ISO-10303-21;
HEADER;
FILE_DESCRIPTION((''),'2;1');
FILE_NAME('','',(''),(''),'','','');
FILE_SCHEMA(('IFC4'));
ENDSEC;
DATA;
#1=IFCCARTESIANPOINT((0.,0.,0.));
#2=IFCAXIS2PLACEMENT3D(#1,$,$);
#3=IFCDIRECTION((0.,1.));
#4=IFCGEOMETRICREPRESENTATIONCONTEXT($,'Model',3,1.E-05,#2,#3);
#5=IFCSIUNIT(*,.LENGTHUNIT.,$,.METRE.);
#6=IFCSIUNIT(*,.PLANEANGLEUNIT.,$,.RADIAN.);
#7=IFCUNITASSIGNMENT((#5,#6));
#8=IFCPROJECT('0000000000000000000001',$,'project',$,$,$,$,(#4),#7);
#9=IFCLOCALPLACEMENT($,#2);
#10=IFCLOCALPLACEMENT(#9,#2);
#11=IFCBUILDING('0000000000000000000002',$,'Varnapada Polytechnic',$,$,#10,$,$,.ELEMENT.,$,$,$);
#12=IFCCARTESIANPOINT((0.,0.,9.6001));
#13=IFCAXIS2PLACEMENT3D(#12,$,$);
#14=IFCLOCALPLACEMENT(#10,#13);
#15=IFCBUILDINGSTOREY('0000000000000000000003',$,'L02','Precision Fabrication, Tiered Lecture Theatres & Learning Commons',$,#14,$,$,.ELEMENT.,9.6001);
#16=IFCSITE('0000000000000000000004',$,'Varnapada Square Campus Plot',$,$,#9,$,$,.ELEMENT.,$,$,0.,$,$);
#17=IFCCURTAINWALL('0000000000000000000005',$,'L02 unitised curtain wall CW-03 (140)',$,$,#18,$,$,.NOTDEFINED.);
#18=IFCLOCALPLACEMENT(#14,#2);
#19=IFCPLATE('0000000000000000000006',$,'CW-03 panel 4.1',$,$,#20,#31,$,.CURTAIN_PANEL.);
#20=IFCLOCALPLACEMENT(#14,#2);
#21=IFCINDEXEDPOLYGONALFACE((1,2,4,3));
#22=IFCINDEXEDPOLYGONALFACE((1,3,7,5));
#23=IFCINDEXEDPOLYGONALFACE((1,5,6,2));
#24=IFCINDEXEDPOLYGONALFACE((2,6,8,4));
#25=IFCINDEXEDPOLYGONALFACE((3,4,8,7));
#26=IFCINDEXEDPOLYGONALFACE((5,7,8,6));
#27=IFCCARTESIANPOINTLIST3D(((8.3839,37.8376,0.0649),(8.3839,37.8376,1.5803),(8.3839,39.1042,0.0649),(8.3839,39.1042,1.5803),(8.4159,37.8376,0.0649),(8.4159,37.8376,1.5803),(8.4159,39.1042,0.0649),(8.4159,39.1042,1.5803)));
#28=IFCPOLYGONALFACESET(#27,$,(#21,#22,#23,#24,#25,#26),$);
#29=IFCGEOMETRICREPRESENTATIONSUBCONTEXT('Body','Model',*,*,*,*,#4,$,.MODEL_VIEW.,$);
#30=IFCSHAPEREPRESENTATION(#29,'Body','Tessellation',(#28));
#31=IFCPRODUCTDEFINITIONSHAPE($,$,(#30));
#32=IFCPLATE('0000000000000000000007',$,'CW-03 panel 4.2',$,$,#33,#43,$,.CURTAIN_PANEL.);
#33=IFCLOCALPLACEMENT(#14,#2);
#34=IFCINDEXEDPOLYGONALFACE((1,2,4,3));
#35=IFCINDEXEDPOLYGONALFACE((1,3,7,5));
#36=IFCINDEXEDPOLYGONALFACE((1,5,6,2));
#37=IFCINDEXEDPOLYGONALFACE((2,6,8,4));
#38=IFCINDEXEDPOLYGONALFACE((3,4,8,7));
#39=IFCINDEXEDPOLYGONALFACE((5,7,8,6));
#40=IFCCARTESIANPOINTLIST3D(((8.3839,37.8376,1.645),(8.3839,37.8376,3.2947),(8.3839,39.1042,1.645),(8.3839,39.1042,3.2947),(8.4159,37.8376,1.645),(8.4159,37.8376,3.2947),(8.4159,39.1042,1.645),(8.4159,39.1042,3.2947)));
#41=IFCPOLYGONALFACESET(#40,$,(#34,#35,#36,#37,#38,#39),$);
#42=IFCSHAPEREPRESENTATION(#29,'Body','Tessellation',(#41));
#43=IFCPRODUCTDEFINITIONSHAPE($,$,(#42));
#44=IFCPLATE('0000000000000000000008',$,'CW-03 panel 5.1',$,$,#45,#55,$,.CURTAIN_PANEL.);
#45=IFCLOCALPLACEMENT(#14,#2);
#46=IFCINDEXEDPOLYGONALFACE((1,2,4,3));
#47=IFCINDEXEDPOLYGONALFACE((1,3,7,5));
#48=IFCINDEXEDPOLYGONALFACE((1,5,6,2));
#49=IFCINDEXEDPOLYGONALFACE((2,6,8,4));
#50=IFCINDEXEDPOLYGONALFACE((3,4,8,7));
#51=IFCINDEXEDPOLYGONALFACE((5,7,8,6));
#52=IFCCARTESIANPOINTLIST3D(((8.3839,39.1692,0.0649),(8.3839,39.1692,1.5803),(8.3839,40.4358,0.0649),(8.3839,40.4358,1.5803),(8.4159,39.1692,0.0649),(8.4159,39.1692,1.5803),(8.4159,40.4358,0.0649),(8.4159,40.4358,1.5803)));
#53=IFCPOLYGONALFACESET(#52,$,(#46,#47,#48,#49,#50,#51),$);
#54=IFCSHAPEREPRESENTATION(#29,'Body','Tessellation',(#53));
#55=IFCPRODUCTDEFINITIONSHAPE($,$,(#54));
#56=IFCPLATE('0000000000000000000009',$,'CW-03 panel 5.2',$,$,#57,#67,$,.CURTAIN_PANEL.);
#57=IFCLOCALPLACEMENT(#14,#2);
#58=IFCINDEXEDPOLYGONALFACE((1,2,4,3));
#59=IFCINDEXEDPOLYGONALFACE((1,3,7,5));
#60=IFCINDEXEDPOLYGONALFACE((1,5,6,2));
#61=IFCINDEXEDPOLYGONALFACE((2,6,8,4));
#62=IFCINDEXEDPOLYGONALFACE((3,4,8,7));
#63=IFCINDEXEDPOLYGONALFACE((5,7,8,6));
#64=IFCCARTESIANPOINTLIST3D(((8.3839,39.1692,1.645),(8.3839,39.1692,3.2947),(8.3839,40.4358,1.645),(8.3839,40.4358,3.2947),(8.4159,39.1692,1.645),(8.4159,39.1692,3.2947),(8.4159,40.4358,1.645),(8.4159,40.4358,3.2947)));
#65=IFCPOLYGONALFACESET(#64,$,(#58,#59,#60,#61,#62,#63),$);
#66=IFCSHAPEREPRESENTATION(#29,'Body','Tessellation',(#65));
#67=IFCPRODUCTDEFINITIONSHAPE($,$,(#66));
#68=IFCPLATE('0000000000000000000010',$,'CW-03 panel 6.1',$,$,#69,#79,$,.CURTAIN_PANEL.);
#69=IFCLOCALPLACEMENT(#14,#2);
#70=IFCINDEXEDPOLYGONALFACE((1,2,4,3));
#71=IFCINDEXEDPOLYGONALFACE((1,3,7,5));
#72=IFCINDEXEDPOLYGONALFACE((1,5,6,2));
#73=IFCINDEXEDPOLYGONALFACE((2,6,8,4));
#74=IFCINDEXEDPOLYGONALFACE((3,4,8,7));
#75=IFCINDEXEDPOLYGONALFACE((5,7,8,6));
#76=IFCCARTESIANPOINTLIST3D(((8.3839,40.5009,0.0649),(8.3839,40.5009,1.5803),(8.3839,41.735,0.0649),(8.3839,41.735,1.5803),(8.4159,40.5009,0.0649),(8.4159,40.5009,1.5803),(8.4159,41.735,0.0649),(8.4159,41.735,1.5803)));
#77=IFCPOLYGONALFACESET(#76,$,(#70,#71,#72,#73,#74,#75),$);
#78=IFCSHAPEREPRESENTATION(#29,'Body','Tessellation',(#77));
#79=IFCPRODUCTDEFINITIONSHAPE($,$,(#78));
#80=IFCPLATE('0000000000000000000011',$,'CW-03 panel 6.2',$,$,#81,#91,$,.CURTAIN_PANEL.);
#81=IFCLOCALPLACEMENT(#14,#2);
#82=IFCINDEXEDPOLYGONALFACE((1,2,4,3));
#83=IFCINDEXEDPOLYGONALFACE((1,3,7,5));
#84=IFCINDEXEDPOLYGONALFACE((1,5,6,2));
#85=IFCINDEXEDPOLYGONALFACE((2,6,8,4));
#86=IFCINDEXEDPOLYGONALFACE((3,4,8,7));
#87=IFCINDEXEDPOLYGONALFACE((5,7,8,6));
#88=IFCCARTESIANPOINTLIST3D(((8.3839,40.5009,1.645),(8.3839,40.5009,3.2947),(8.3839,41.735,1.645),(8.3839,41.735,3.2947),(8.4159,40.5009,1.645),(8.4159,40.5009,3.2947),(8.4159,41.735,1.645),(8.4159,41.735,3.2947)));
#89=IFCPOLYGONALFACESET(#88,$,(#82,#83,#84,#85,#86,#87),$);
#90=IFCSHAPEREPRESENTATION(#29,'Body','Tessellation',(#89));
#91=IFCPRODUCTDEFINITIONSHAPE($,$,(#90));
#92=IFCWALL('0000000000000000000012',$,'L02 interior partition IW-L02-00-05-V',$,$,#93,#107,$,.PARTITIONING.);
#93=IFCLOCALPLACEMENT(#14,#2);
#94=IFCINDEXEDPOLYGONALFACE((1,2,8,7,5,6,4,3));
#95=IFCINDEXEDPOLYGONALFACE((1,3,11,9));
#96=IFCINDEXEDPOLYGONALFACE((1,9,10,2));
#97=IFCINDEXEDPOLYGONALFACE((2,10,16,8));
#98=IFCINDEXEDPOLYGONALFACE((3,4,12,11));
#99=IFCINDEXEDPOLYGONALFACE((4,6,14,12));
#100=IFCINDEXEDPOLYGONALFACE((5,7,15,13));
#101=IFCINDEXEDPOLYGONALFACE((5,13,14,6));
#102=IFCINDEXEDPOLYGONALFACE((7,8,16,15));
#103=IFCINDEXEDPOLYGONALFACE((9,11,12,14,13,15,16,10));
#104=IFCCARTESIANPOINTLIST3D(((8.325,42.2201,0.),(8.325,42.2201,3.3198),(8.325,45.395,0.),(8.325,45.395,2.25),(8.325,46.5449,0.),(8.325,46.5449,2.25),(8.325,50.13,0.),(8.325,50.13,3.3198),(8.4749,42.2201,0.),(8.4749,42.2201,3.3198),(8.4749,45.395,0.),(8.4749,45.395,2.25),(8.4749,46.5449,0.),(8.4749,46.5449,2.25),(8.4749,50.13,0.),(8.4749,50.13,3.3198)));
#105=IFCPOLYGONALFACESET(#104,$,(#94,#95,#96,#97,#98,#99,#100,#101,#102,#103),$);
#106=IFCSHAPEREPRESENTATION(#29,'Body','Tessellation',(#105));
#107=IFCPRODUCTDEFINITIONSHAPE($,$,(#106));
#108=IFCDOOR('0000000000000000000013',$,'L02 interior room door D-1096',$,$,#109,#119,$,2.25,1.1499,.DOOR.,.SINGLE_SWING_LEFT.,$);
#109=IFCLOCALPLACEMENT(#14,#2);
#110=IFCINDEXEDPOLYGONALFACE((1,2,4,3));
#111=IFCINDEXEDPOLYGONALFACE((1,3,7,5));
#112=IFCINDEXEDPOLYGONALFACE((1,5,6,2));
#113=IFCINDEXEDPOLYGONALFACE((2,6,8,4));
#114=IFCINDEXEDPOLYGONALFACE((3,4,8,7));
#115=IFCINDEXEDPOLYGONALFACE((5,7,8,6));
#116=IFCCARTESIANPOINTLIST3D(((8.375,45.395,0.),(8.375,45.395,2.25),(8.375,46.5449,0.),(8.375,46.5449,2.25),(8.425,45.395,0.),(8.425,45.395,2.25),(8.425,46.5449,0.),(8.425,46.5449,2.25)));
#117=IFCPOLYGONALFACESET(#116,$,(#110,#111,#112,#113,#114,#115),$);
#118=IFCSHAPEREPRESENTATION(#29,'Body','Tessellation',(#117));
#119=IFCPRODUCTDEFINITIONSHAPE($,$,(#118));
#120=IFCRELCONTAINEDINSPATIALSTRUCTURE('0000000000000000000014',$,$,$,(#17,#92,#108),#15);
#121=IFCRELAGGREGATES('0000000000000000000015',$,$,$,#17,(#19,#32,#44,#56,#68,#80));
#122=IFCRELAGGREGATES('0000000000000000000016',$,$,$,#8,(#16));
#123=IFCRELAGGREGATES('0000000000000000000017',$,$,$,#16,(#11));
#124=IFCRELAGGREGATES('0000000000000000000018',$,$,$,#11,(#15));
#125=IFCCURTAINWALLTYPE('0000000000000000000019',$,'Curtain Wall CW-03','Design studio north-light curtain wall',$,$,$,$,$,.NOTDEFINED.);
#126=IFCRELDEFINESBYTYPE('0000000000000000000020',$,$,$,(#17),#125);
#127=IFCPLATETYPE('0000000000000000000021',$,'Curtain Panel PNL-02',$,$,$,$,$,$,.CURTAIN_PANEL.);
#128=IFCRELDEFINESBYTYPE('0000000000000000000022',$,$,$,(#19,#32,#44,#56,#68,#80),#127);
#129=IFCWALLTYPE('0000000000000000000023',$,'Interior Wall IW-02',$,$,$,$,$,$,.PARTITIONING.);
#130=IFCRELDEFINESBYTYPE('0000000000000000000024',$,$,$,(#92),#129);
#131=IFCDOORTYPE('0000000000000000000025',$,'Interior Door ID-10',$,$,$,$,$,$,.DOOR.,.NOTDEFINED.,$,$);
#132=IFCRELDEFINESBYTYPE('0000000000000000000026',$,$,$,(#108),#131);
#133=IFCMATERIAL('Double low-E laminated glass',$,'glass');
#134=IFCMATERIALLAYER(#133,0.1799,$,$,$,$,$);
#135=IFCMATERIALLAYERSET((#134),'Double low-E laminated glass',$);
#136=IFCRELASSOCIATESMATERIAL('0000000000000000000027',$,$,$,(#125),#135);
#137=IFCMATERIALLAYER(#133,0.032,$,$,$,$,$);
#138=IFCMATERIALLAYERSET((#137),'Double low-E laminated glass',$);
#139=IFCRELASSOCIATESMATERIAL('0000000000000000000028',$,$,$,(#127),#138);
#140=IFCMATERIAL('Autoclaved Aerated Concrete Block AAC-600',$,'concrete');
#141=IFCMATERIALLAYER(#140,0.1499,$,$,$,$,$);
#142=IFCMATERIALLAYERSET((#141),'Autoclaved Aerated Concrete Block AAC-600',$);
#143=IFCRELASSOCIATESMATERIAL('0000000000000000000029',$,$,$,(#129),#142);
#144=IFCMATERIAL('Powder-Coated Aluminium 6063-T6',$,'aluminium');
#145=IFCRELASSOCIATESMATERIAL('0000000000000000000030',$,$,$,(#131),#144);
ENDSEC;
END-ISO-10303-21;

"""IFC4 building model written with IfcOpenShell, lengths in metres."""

from ifc_helpers import new_model, si_unit, direction, frame, frame_2d, origin, origin_2d, place, context, subcontext, project, spatial, rectangle, extrude, material, layer, layer_set, type_object, element, fill, aggregate, save


model = new_model("IFC4")

# Units and contexts
model_context = context("Model", 3, precision=1e-05, world=origin(), true_north=direction((0.0, 1.0)))
body_context = subcontext(model_context, "Body", "Model", "MODEL_VIEW")
ifc_project = project(units=[si_unit("LENGTHUNIT", "METRE"), si_unit("PLANEANGLEUNIT", "RADIAN")], contexts=[model_context])

# Site, building, storey
site_placement = place(None, origin())
site = spatial("IfcSite", under=ifc_project, at=site_placement, Name="Varnapada Square Campus Plot", CompositionType="ELEMENT", RefElevation=0.0)
building_placement = place(site_placement, origin())
building = spatial("IfcBuilding", under=site, at=building_placement, Name="Varnapada Polytechnic", CompositionType="ELEMENT")
storey_placement = place(building_placement, frame((0.0, 0.0, 9.6001)))
storey = spatial("IfcBuildingStorey", under=building, at=storey_placement, Name="L02", Description="Precision Fabrication, Tiered Lecture Theatres & Learning Commons", CompositionType="ELEMENT", Elevation=9.6001)

# Curtain wall, plates
ifc_material_1 = material(Name="Double low-E laminated glass", Category="glass")
ifc_layer_1 = layer(ifc_material_1, 0.1799)
ifc_layer_set_1 = layer_set([ifc_layer_1], Name="Double low-E laminated glass")
curtain_wall_type = type_object("IfcCurtainWallType", Name="Curtain Wall CW-03", Description="Design studio north-light curtain wall", PredefinedType="NOTDEFINED", material=ifc_layer_set_1)
curtain_wall_placement = place(storey_placement, origin())
curtain_wall = element("IfcCurtainWall", 1, at=curtain_wall_placement, inside=storey, type_object=curtain_wall_type, Name="L02 unitised curtain wall CW-03 (140)", PredefinedType="NOTDEFINED")
ifc_layer_2 = layer(ifc_material_1, 0.032)
ifc_layer_set_2 = layer_set([ifc_layer_2], Name="Double low-E laminated glass")
plate_type = type_object("IfcPlateType", Name="Curtain Panel PNL-02", PredefinedType="CURTAIN_PANEL", material=ifc_layer_set_2)
plate_1_placement = place(storey_placement, frame((8.3999, 38.4709, 0.0649), z_axis=(0.0, 0.0, 1.0), x_axis=(0.0, 1.0, 0.0)))
plate_1 = element("IfcPlate", 2, at=plate_1_placement, type_object=plate_type, Name="CW-03 panel 4.1", PredefinedType="CURTAIN_PANEL", context=body_context, shape_type="SweptSolid", body=[
    extrude(rectangle(XDim=1.2666, YDim=0.032, at=origin_2d()), origin(), (0.0, 0.0, 1.0), 1.5154),
])
plate_2_placement = place(storey_placement, frame((8.3999, 38.4709, 1.645), z_axis=(0.0, 0.0, 1.0), x_axis=(0.0, 1.0, 0.0)))
plate_2 = element("IfcPlate", 3, at=plate_2_placement, type_object=plate_type, Name="CW-03 panel 4.2", PredefinedType="CURTAIN_PANEL", context=body_context, shape_type="SweptSolid", body=[
    extrude(rectangle(XDim=1.2666, YDim=0.032, at=origin_2d()), origin(), (0.0, 0.0, 1.0), 1.6497),
])
plate_3_placement = place(storey_placement, frame((8.3999, 39.8025, 0.0649), z_axis=(0.0, 0.0, 1.0), x_axis=(0.0, 1.0, 0.0)))
plate_3 = element("IfcPlate", 4, at=plate_3_placement, type_object=plate_type, Name="CW-03 panel 5.1", PredefinedType="CURTAIN_PANEL", context=body_context, shape_type="SweptSolid", body=[
    extrude(rectangle(XDim=1.2666, YDim=0.032, at=origin_2d()), origin(), (0.0, 0.0, 1.0), 1.5154),
])
plate_4_placement = place(storey_placement, frame((8.3999, 39.8025, 1.645), z_axis=(0.0, 0.0, 1.0), x_axis=(0.0, 1.0, 0.0)))
plate_4 = element("IfcPlate", 5, at=plate_4_placement, type_object=plate_type, Name="CW-03 panel 5.2", PredefinedType="CURTAIN_PANEL", context=body_context, shape_type="SweptSolid", body=[
    extrude(rectangle(XDim=1.2666, YDim=0.032, at=origin_2d()), origin(), (0.0, 0.0, 1.0), 1.6497),
])
plate_5_placement = place(storey_placement, frame((8.3999, 41.1179, 0.0649), z_axis=(0.0, 0.0, 1.0), x_axis=(0.0, 1.0, 0.0)))
plate_5 = element("IfcPlate", 6, at=plate_5_placement, type_object=plate_type, Name="CW-03 panel 6.1", PredefinedType="CURTAIN_PANEL", context=body_context, shape_type="SweptSolid", body=[
    extrude(rectangle(XDim=1.2341, YDim=0.032, at=origin_2d()), origin(), (0.0, 0.0, 1.0), 1.5154),
])
plate_6_placement = place(storey_placement, frame((8.3999, 41.1179, 1.645), z_axis=(0.0, 0.0, 1.0), x_axis=(0.0, 1.0, 0.0)))
plate_6 = element("IfcPlate", 7, at=plate_6_placement, type_object=plate_type, Name="CW-03 panel 6.2", PredefinedType="CURTAIN_PANEL", context=body_context, shape_type="SweptSolid", body=[
    extrude(rectangle(XDim=1.2341, YDim=0.032, at=origin_2d()), origin(), (0.0, 0.0, 1.0), 1.6497),
])
aggregate(curtain_wall, [plate_1, plate_2, plate_3, plate_4, plate_5, plate_6])

# Wall, opening, door
ifc_material_2 = material(Name="Autoclaved Aerated Concrete Block AAC-600", Category="concrete")
ifc_layer_3 = layer(ifc_material_2, 0.1499)
ifc_layer_set_3 = layer_set([ifc_layer_3], Name="Autoclaved Aerated Concrete Block AAC-600")
wall_type = type_object("IfcWallType", Name="Interior Wall IW-02", PredefinedType="PARTITIONING", material=ifc_layer_set_3)
wall_placement = place(storey_placement, frame((8.3999, 42.22, 0.0), z_axis=(0.0, 0.0, 1.0), x_axis=(0.0, 1.0, 0.0)))
wall = element("IfcWall", 8, at=wall_placement, inside=storey, type_object=wall_type, Name="L02 interior partition IW-L02-00-05-V", PredefinedType="PARTITIONING", context=body_context, shape_type="SweptSolid", body=[
    extrude(rectangle(XDim=7.9099, YDim=0.1499, at=frame_2d((3.9551, 0.0))), origin(), (0.0, 0.0, 1.0), 3.3198),
])
opening_placement = place(wall_placement, frame((3.175, 0.0, 0.0)))
opening = element("IfcOpeningElement", 9, at=opening_placement, cuts=wall, PredefinedType="OPENING", context=body_context, shape_type="SweptSolid", body=[
    extrude(rectangle(XDim=1.1499, YDim=2.25, at=frame_2d((0.575, 1.125))), frame((0.0, 0.085, 0.0), z_axis=(0.0, -1.0, 0.0), x_axis=(1.0, 0.0, 0.0)), (0.0, 0.0, 1.0), 0.1699),
])
ifc_material_3 = material(Name="Powder-Coated Aluminium 6063-T6", Category="aluminium")
door_type = type_object("IfcDoorType", Name="Interior Door ID-10", OperationType="NOTDEFINED", PredefinedType="DOOR", material=ifc_material_3)
door_placement = place(opening_placement, origin())
door = element("IfcDoor", 10, at=door_placement, inside=storey, type_object=door_type, Name="L02 interior room door D-1096", OperationType="SINGLE_SWING_LEFT", OverallHeight=2.25, OverallWidth=1.1499, PredefinedType="DOOR", context=body_context, shape_type="SweptSolid", body=[
    extrude(rectangle(XDim=1.1499, YDim=2.25, at=frame_2d((0.575, 1.125))), frame((0.0, 0.0249, 0.0), z_axis=(0.0, -1.0, 0.0), x_axis=(1.0, 0.0, 0.0)), (0.0, 0.0, 1.0), 0.05),
])
fill(opening, door)

save(model, "model.ifc")
